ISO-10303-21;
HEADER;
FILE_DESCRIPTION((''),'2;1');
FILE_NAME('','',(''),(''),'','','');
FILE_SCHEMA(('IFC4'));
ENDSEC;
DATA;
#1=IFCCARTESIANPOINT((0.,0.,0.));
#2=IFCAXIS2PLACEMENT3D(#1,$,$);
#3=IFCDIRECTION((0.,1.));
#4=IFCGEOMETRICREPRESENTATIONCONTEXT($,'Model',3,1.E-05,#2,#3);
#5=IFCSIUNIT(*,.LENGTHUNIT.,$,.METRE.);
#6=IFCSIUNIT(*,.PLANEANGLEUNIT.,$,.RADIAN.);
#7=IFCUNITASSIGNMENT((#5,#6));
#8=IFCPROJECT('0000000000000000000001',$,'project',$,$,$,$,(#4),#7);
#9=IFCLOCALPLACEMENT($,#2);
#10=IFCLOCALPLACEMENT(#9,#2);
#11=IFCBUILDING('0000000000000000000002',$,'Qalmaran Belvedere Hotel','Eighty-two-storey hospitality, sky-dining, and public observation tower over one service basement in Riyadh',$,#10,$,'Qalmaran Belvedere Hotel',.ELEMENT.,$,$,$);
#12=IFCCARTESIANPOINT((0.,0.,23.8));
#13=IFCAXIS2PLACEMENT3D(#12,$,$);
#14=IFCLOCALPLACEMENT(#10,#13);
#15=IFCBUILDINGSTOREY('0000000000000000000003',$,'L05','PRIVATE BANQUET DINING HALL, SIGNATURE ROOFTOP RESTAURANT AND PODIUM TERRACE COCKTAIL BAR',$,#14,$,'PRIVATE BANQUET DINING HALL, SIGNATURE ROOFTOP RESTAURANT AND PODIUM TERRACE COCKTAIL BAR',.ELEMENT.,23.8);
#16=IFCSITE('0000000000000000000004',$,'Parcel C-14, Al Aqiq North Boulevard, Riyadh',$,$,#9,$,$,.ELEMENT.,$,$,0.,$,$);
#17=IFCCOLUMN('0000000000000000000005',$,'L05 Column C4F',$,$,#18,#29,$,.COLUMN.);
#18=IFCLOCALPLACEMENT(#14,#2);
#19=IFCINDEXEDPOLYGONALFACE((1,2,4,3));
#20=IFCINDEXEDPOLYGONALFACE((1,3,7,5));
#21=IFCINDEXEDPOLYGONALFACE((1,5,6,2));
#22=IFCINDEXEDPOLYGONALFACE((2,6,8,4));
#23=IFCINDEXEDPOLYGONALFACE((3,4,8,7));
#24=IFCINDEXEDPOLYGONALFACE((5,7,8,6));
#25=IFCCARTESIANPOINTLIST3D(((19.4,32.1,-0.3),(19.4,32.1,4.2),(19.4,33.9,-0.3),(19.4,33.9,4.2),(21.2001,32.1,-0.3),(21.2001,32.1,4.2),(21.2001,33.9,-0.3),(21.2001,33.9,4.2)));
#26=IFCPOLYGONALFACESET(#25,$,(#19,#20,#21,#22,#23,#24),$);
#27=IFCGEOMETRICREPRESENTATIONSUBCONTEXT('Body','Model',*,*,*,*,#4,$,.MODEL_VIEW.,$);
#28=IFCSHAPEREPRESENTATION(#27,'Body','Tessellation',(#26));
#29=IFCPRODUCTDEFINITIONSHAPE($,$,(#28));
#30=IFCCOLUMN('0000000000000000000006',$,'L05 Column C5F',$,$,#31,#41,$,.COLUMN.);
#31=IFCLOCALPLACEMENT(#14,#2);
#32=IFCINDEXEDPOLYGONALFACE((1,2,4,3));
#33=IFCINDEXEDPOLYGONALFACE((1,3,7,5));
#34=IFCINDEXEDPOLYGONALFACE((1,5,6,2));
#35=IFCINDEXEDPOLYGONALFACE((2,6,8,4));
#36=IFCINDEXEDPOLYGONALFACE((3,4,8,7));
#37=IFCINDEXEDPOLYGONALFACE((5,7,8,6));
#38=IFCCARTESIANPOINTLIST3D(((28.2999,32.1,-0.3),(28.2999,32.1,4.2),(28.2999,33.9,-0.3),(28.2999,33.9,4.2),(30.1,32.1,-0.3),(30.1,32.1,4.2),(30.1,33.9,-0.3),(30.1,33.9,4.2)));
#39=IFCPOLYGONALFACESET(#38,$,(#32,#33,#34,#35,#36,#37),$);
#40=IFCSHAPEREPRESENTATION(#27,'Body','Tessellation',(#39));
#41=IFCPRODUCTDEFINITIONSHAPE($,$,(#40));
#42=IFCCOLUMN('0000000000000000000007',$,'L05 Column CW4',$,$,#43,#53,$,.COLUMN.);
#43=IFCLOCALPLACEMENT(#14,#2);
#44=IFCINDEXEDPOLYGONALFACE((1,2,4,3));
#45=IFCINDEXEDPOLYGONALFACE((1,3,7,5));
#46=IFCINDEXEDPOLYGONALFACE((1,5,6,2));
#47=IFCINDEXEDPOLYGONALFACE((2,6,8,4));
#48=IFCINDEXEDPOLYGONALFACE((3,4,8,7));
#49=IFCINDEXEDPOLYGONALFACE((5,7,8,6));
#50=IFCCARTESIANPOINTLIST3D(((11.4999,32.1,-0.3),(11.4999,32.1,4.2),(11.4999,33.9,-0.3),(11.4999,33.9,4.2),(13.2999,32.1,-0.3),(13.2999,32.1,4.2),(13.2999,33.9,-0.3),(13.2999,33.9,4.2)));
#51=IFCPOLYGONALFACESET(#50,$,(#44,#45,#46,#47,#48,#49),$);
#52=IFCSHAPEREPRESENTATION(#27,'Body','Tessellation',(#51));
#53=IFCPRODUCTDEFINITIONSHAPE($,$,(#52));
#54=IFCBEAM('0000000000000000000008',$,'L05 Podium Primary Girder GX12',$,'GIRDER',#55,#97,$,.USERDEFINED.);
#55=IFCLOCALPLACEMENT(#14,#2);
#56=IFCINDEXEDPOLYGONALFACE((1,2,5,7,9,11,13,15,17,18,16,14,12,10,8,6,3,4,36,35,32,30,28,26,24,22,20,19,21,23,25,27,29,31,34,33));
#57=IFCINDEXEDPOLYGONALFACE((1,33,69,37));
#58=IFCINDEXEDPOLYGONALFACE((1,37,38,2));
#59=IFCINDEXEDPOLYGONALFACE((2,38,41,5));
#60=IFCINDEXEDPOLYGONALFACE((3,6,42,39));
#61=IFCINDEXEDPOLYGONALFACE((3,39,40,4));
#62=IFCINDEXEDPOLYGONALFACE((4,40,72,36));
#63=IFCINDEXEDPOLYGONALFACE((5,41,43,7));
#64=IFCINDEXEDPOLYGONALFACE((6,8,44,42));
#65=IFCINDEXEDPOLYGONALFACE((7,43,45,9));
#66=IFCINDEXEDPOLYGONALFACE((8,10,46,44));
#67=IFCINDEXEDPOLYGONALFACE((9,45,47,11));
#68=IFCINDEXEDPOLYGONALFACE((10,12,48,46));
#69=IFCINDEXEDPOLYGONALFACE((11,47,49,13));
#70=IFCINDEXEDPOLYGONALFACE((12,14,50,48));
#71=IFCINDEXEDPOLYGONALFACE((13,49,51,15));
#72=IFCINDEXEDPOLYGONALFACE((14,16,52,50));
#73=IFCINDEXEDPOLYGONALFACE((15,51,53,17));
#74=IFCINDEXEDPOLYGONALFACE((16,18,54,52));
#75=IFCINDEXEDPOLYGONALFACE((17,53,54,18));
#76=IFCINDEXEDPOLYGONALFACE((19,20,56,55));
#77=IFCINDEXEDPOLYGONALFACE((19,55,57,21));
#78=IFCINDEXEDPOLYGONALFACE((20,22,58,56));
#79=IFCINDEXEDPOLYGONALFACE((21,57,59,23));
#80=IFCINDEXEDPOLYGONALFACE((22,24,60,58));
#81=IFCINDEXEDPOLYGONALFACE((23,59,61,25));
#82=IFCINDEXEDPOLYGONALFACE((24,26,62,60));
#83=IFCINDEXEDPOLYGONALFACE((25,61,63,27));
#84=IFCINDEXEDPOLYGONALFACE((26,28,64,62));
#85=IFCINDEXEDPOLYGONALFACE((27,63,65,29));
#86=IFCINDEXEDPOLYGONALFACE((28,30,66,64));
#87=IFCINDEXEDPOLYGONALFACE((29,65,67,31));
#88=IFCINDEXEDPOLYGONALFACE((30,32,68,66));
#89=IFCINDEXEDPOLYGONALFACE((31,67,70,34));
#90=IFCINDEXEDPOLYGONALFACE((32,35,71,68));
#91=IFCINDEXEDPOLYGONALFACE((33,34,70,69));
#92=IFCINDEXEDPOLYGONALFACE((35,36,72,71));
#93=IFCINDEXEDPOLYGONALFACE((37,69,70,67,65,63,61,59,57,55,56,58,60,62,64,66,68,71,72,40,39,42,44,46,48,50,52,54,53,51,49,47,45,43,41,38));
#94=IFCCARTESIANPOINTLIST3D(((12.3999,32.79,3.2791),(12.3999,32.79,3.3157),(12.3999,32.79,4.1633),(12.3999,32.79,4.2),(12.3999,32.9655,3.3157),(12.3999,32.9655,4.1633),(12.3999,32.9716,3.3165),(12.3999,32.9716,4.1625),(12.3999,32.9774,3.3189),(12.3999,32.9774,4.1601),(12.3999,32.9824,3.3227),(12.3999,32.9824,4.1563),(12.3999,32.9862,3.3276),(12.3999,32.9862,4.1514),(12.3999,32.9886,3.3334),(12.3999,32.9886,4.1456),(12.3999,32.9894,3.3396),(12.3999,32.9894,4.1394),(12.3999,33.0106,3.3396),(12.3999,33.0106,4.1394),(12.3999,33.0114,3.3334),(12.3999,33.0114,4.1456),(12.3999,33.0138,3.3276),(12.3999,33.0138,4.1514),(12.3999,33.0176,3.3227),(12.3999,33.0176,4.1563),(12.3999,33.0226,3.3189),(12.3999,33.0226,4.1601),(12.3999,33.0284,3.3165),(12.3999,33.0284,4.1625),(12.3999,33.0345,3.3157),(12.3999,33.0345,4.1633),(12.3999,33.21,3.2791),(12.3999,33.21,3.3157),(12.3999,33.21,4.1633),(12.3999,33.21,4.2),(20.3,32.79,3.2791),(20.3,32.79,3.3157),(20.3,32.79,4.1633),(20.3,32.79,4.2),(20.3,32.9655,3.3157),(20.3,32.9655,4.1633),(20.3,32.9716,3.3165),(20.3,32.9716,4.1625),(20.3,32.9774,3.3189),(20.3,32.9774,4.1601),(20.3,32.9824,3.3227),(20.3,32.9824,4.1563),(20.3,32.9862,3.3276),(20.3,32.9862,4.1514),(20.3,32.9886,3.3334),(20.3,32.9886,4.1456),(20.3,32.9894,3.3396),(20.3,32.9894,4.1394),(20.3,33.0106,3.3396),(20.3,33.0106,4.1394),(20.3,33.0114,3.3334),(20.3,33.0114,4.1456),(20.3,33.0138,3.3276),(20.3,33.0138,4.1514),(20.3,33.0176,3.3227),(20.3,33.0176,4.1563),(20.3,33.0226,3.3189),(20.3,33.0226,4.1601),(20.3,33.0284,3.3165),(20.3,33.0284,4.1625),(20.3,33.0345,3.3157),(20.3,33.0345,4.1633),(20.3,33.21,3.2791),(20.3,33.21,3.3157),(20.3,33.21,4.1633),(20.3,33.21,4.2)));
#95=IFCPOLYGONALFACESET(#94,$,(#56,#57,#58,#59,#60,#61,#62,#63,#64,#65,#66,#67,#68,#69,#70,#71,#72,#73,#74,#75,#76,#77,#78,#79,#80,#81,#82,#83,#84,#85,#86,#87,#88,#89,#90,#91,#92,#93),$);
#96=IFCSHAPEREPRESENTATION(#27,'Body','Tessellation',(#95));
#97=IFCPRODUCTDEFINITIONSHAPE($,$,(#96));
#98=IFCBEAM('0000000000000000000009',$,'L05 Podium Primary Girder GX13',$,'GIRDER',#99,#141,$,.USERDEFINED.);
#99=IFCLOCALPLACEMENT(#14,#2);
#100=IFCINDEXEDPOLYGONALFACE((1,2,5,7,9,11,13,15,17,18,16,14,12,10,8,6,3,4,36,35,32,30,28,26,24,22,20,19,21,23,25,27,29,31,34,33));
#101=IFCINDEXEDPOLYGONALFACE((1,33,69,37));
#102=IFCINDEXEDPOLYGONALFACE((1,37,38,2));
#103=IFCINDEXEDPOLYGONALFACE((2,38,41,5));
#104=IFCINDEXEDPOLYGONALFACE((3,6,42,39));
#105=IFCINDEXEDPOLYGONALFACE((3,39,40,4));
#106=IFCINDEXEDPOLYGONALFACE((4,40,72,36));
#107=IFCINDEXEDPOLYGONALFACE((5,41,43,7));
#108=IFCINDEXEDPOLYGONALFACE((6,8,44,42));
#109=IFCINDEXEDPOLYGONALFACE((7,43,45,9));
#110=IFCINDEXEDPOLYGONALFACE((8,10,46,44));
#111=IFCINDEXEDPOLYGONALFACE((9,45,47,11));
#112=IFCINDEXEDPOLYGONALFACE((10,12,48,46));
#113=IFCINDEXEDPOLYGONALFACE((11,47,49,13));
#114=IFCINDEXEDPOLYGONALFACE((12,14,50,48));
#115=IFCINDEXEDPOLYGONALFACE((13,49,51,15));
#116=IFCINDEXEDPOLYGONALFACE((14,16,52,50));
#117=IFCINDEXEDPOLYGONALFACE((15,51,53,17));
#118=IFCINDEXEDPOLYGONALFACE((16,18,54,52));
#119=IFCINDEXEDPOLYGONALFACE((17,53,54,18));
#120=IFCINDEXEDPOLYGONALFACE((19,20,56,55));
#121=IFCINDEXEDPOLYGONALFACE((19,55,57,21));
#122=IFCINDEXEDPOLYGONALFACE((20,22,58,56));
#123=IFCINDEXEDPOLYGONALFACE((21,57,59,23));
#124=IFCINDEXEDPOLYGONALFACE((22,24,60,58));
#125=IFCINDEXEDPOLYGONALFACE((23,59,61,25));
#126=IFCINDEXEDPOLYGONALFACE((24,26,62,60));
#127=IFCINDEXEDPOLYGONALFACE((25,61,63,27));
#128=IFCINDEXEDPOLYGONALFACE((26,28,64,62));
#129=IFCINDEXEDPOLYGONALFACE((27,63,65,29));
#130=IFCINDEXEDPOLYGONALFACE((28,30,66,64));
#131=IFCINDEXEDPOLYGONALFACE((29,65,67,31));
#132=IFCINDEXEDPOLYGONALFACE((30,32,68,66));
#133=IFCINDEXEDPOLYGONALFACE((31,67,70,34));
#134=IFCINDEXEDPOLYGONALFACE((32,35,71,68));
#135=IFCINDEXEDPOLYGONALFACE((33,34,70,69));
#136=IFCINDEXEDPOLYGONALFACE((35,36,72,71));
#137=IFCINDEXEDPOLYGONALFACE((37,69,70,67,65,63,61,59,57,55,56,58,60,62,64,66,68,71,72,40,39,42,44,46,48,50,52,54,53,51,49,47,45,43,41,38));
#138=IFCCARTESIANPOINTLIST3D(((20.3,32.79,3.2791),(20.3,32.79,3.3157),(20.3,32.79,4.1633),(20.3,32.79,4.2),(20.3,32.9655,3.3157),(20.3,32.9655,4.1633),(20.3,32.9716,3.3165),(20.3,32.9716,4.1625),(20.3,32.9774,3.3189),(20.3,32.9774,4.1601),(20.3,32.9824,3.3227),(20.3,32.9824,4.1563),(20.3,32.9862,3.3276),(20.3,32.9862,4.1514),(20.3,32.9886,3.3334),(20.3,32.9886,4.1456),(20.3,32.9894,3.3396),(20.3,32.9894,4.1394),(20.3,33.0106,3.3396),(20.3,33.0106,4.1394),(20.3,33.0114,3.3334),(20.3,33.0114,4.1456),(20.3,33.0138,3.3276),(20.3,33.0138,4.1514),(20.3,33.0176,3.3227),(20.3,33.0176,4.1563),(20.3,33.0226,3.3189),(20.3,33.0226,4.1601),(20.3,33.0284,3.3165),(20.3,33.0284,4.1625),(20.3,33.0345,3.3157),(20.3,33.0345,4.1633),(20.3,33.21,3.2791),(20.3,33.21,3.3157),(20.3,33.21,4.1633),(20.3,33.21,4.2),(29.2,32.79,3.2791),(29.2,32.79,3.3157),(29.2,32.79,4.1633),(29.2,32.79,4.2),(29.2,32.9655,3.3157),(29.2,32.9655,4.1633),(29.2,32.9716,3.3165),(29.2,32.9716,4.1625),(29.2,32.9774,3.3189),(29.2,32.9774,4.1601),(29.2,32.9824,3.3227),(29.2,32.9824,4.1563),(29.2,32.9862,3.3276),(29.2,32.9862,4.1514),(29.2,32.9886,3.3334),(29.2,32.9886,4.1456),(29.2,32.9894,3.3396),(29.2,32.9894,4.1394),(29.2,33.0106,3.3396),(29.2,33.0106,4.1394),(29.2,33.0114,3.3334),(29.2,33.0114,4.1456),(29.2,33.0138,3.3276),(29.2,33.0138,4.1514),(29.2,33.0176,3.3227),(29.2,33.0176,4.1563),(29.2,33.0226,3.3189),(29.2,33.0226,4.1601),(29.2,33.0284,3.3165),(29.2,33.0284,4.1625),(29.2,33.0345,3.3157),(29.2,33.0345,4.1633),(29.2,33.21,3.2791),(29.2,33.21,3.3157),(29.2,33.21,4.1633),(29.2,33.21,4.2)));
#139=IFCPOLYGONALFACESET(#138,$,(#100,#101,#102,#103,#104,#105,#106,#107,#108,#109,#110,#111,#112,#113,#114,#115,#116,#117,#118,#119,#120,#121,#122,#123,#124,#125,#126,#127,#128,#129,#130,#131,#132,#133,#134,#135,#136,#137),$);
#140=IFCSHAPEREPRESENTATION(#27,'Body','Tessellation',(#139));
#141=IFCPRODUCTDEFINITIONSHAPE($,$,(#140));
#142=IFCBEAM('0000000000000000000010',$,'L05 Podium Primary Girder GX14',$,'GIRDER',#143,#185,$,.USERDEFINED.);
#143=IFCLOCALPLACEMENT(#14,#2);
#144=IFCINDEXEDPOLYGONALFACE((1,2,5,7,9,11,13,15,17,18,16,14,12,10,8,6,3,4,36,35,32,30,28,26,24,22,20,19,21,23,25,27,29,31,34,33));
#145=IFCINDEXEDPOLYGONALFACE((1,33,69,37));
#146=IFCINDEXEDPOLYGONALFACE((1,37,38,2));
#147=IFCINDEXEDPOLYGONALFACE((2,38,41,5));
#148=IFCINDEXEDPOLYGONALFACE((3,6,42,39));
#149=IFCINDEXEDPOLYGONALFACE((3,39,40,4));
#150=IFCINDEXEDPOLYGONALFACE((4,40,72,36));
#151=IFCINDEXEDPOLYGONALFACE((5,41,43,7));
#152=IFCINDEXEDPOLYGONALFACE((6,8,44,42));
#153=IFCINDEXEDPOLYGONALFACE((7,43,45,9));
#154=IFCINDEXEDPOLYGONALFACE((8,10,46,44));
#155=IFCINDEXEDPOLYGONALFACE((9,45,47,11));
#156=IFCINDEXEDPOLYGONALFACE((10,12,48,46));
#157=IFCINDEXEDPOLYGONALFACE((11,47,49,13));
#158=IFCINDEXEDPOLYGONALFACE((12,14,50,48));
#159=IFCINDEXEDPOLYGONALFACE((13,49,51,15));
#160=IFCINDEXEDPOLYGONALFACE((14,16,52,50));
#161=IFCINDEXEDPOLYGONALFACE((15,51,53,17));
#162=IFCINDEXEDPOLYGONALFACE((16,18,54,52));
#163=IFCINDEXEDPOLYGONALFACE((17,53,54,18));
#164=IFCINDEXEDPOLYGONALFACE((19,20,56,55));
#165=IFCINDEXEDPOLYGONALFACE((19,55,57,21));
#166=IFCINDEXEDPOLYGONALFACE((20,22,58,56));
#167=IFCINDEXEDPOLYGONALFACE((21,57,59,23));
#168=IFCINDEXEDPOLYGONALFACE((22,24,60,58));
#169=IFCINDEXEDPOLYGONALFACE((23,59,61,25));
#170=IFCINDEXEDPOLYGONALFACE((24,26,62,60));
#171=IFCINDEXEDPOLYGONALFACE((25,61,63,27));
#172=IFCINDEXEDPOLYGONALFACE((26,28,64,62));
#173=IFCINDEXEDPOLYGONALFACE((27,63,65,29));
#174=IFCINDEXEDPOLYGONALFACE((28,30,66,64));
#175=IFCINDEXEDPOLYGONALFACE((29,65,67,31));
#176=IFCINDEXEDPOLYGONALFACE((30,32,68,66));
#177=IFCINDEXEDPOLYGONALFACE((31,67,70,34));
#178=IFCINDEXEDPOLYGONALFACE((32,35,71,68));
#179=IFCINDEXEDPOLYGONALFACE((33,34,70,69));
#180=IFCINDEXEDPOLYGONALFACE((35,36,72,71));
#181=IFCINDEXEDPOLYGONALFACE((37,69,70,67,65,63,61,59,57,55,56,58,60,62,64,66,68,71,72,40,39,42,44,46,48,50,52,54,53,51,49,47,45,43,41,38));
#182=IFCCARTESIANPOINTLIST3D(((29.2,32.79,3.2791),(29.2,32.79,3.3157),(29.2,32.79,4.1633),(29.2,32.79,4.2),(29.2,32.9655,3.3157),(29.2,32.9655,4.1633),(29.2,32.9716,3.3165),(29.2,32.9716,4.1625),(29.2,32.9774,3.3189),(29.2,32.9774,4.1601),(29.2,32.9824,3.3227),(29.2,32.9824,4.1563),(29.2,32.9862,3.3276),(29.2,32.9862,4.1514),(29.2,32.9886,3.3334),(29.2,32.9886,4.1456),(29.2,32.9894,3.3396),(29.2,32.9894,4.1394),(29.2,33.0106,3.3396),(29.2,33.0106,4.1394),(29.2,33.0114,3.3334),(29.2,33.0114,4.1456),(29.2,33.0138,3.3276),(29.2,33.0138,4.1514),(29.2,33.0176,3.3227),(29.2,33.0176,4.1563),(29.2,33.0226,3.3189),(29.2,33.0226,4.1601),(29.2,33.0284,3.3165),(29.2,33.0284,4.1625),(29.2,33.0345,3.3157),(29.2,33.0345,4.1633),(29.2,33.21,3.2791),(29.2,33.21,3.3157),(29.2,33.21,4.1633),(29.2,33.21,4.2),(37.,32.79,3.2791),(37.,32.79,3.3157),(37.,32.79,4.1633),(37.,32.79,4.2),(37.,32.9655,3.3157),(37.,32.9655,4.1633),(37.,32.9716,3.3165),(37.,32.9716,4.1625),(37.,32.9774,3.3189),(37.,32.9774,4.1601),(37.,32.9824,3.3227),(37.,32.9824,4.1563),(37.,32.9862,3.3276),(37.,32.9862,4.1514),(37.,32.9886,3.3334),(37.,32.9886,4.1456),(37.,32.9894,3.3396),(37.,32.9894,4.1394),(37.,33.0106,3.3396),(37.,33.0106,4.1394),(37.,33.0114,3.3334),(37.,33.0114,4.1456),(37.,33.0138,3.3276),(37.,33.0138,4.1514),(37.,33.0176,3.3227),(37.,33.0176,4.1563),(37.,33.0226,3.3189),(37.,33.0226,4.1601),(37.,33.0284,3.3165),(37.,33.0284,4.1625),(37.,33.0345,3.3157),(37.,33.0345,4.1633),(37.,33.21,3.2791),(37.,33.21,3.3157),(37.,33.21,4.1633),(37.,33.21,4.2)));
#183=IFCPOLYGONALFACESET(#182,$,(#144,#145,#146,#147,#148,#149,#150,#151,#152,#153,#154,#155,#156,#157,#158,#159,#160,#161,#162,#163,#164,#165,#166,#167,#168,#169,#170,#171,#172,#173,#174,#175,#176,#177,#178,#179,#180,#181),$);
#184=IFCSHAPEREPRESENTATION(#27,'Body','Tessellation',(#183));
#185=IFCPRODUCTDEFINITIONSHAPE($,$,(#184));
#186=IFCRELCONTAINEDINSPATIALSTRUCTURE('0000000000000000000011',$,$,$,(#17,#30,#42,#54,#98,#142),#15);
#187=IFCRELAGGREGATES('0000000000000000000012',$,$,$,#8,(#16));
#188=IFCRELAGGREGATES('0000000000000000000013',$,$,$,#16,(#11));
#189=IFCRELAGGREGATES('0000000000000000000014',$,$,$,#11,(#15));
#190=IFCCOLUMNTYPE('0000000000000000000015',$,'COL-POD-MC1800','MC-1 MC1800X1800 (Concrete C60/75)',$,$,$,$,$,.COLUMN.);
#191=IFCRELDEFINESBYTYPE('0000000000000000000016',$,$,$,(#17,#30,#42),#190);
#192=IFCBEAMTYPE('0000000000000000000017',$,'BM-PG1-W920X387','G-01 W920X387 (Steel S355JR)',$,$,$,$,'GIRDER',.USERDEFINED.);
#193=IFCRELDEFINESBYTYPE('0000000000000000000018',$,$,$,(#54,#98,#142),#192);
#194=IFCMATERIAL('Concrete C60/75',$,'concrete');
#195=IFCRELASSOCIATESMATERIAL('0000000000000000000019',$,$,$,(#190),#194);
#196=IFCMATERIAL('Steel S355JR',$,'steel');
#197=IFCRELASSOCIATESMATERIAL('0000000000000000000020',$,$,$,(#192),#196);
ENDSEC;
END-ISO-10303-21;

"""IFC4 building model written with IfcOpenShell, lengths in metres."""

from ifc_helpers import new_model, si_unit, direction, frame, origin, origin_2d, place, context, subcontext, project, spatial, rectangle, i_section, extrude, material, material_profile, profile_set, type_object, element, save


model = new_model("IFC4")

# Units and contexts
model_context = context("Model", 3, precision=1e-05, world=origin(), true_north=direction((0.0, 1.0)))
body_context = subcontext(model_context, "Body", "Model", "MODEL_VIEW")
ifc_project = project(units=[si_unit("LENGTHUNIT", "METRE"), si_unit("PLANEANGLEUNIT", "RADIAN")], contexts=[model_context])

# Site, building, storey
site_placement = place(None, origin())
site = spatial("IfcSite", under=ifc_project, at=site_placement, Name="Parcel C-14, Al Aqiq North Boulevard, Riyadh", CompositionType="ELEMENT", RefElevation=0.0)
building_placement = place(site_placement, origin())
building = spatial("IfcBuilding", under=site, at=building_placement, Name="Qalmaran Belvedere Hotel", Description="Eighty-two-storey hospitality, sky-dining, and public observation tower over one service basement in Riyadh", LongName="Qalmaran Belvedere Hotel", CompositionType="ELEMENT")
storey_placement = place(building_placement, frame((0.0, 0.0, 23.8)))
storey = spatial("IfcBuildingStorey", under=building, at=storey_placement, Name="L05", Description="PRIVATE BANQUET DINING HALL, SIGNATURE ROOFTOP RESTAURANT AND PODIUM TERRACE COCKTAIL BAR", LongName="PRIVATE BANQUET DINING HALL, SIGNATURE ROOFTOP RESTAURANT AND PODIUM TERRACE COCKTAIL BAR", CompositionType="ELEMENT", Elevation=23.8)

# Columns
ifc_material_1 = material(Name="Concrete C60/75", Category="concrete")
ifc_material_profile_1 = material_profile(ifc_material_1, rectangle(XDim=1.8, YDim=1.8, at=origin_2d()), Name="MC1800X1800")
ifc_profile_set_1 = profile_set([ifc_material_profile_1], Name="Concrete C60/75")
column_type = type_object("IfcColumnType", Name="COL-POD-MC1800", Description="MC-1 MC1800X1800 (Concrete C60/75)", PredefinedType="COLUMN", material=ifc_profile_set_1)
for number, where, z_axis, x_axis, name in (
    (1, (20.3, 33.0, -0.3), (0.0, 0.0, 1.0), (1.0, 0.0, 0.0), "L05 Column C4F"),
    (2, (29.2, 33.0, -0.3), (0.0, 0.0, 1.0), (1.0, 0.0, 0.0), "L05 Column C5F"),
    (3, (12.3999, 33.0, -0.3), (0.0, 0.0, 1.0), (1.0, 0.0, 0.0), "L05 Column CW4"),
):
    element("IfcColumn", number, at=place(storey_placement, frame(where, z_axis=z_axis, x_axis=x_axis)), inside=storey, type_object=column_type, Name=name, PredefinedType="COLUMN", context=body_context, shape_type="SweptSolid", body=[
        extrude(rectangle(XDim=1.8, YDim=1.8, at=origin_2d()), origin(), (0.0, 0.0, 1.0), 4.5),
    ])

# Beams
ifc_material_2 = material(Name="Steel S355JR", Category="steel")
ifc_material_profile_2 = material_profile(ifc_material_2, i_section(OverallWidth=0.4199, OverallDepth=0.9209, WebThickness=0.0212, FlangeThickness=0.0366, FilletRadius=0.0239, at=origin_2d()), Name="W920X387")
ifc_profile_set_2 = profile_set([ifc_material_profile_2], Name="Steel S355JR")
beam_type_1 = type_object("IfcBeamType", Name="BM-PG1-W920X387", Description="G-01 W920X387 (Steel S355JR)", ElementType="GIRDER", PredefinedType="USERDEFINED", material=ifc_profile_set_2)
beam_1_placement = place(storey_placement, frame((12.3999, 33.0, 3.7395), z_axis=(1.0, 0.0, 0.0), x_axis=(0.0, 1.0, 0.0)))
element("IfcBeam", 4, at=beam_1_placement, inside=storey, type_object=beam_type_1, Name="L05 Podium Primary Girder GX12", ObjectType="GIRDER", PredefinedType="USERDEFINED", context=body_context, shape_type="SweptSolid", body=[
    extrude(i_section(OverallWidth=0.4199, OverallDepth=0.9209, WebThickness=0.0212, FlangeThickness=0.0366, FilletRadius=0.0239, at=origin_2d()), origin(), (0.0, 0.0, 1.0), 7.9001),
])
beam_2_placement = place(storey_placement, frame((20.3, 33.0, 3.7395), z_axis=(1.0, 0.0, 0.0), x_axis=(0.0, 1.0, 0.0)))
element("IfcBeam", 5, at=beam_2_placement, inside=storey, type_object=beam_type_1, Name="L05 Podium Primary Girder GX13", ObjectType="GIRDER", PredefinedType="USERDEFINED", context=body_context, shape_type="SweptSolid", body=[
    extrude(i_section(OverallWidth=0.4199, OverallDepth=0.9209, WebThickness=0.0212, FlangeThickness=0.0366, FilletRadius=0.0239, at=origin_2d()), origin(), (0.0, 0.0, 1.0), 8.8999),
])
beam_3_placement = place(storey_placement, frame((29.2, 33.0, 3.7395), z_axis=(1.0, 0.0, 0.0), x_axis=(0.0, 1.0, 0.0)))
element("IfcBeam", 6, at=beam_3_placement, inside=storey, type_object=beam_type_1, Name="L05 Podium Primary Girder GX14", ObjectType="GIRDER", PredefinedType="USERDEFINED", context=body_context, shape_type="SweptSolid", body=[
    extrude(i_section(OverallWidth=0.4199, OverallDepth=0.9209, WebThickness=0.0212, FlangeThickness=0.0366, FilletRadius=0.0239, at=origin_2d()), origin(), (0.0, 0.0, 1.0), 7.8),
])

save(model, "model.ifc")
